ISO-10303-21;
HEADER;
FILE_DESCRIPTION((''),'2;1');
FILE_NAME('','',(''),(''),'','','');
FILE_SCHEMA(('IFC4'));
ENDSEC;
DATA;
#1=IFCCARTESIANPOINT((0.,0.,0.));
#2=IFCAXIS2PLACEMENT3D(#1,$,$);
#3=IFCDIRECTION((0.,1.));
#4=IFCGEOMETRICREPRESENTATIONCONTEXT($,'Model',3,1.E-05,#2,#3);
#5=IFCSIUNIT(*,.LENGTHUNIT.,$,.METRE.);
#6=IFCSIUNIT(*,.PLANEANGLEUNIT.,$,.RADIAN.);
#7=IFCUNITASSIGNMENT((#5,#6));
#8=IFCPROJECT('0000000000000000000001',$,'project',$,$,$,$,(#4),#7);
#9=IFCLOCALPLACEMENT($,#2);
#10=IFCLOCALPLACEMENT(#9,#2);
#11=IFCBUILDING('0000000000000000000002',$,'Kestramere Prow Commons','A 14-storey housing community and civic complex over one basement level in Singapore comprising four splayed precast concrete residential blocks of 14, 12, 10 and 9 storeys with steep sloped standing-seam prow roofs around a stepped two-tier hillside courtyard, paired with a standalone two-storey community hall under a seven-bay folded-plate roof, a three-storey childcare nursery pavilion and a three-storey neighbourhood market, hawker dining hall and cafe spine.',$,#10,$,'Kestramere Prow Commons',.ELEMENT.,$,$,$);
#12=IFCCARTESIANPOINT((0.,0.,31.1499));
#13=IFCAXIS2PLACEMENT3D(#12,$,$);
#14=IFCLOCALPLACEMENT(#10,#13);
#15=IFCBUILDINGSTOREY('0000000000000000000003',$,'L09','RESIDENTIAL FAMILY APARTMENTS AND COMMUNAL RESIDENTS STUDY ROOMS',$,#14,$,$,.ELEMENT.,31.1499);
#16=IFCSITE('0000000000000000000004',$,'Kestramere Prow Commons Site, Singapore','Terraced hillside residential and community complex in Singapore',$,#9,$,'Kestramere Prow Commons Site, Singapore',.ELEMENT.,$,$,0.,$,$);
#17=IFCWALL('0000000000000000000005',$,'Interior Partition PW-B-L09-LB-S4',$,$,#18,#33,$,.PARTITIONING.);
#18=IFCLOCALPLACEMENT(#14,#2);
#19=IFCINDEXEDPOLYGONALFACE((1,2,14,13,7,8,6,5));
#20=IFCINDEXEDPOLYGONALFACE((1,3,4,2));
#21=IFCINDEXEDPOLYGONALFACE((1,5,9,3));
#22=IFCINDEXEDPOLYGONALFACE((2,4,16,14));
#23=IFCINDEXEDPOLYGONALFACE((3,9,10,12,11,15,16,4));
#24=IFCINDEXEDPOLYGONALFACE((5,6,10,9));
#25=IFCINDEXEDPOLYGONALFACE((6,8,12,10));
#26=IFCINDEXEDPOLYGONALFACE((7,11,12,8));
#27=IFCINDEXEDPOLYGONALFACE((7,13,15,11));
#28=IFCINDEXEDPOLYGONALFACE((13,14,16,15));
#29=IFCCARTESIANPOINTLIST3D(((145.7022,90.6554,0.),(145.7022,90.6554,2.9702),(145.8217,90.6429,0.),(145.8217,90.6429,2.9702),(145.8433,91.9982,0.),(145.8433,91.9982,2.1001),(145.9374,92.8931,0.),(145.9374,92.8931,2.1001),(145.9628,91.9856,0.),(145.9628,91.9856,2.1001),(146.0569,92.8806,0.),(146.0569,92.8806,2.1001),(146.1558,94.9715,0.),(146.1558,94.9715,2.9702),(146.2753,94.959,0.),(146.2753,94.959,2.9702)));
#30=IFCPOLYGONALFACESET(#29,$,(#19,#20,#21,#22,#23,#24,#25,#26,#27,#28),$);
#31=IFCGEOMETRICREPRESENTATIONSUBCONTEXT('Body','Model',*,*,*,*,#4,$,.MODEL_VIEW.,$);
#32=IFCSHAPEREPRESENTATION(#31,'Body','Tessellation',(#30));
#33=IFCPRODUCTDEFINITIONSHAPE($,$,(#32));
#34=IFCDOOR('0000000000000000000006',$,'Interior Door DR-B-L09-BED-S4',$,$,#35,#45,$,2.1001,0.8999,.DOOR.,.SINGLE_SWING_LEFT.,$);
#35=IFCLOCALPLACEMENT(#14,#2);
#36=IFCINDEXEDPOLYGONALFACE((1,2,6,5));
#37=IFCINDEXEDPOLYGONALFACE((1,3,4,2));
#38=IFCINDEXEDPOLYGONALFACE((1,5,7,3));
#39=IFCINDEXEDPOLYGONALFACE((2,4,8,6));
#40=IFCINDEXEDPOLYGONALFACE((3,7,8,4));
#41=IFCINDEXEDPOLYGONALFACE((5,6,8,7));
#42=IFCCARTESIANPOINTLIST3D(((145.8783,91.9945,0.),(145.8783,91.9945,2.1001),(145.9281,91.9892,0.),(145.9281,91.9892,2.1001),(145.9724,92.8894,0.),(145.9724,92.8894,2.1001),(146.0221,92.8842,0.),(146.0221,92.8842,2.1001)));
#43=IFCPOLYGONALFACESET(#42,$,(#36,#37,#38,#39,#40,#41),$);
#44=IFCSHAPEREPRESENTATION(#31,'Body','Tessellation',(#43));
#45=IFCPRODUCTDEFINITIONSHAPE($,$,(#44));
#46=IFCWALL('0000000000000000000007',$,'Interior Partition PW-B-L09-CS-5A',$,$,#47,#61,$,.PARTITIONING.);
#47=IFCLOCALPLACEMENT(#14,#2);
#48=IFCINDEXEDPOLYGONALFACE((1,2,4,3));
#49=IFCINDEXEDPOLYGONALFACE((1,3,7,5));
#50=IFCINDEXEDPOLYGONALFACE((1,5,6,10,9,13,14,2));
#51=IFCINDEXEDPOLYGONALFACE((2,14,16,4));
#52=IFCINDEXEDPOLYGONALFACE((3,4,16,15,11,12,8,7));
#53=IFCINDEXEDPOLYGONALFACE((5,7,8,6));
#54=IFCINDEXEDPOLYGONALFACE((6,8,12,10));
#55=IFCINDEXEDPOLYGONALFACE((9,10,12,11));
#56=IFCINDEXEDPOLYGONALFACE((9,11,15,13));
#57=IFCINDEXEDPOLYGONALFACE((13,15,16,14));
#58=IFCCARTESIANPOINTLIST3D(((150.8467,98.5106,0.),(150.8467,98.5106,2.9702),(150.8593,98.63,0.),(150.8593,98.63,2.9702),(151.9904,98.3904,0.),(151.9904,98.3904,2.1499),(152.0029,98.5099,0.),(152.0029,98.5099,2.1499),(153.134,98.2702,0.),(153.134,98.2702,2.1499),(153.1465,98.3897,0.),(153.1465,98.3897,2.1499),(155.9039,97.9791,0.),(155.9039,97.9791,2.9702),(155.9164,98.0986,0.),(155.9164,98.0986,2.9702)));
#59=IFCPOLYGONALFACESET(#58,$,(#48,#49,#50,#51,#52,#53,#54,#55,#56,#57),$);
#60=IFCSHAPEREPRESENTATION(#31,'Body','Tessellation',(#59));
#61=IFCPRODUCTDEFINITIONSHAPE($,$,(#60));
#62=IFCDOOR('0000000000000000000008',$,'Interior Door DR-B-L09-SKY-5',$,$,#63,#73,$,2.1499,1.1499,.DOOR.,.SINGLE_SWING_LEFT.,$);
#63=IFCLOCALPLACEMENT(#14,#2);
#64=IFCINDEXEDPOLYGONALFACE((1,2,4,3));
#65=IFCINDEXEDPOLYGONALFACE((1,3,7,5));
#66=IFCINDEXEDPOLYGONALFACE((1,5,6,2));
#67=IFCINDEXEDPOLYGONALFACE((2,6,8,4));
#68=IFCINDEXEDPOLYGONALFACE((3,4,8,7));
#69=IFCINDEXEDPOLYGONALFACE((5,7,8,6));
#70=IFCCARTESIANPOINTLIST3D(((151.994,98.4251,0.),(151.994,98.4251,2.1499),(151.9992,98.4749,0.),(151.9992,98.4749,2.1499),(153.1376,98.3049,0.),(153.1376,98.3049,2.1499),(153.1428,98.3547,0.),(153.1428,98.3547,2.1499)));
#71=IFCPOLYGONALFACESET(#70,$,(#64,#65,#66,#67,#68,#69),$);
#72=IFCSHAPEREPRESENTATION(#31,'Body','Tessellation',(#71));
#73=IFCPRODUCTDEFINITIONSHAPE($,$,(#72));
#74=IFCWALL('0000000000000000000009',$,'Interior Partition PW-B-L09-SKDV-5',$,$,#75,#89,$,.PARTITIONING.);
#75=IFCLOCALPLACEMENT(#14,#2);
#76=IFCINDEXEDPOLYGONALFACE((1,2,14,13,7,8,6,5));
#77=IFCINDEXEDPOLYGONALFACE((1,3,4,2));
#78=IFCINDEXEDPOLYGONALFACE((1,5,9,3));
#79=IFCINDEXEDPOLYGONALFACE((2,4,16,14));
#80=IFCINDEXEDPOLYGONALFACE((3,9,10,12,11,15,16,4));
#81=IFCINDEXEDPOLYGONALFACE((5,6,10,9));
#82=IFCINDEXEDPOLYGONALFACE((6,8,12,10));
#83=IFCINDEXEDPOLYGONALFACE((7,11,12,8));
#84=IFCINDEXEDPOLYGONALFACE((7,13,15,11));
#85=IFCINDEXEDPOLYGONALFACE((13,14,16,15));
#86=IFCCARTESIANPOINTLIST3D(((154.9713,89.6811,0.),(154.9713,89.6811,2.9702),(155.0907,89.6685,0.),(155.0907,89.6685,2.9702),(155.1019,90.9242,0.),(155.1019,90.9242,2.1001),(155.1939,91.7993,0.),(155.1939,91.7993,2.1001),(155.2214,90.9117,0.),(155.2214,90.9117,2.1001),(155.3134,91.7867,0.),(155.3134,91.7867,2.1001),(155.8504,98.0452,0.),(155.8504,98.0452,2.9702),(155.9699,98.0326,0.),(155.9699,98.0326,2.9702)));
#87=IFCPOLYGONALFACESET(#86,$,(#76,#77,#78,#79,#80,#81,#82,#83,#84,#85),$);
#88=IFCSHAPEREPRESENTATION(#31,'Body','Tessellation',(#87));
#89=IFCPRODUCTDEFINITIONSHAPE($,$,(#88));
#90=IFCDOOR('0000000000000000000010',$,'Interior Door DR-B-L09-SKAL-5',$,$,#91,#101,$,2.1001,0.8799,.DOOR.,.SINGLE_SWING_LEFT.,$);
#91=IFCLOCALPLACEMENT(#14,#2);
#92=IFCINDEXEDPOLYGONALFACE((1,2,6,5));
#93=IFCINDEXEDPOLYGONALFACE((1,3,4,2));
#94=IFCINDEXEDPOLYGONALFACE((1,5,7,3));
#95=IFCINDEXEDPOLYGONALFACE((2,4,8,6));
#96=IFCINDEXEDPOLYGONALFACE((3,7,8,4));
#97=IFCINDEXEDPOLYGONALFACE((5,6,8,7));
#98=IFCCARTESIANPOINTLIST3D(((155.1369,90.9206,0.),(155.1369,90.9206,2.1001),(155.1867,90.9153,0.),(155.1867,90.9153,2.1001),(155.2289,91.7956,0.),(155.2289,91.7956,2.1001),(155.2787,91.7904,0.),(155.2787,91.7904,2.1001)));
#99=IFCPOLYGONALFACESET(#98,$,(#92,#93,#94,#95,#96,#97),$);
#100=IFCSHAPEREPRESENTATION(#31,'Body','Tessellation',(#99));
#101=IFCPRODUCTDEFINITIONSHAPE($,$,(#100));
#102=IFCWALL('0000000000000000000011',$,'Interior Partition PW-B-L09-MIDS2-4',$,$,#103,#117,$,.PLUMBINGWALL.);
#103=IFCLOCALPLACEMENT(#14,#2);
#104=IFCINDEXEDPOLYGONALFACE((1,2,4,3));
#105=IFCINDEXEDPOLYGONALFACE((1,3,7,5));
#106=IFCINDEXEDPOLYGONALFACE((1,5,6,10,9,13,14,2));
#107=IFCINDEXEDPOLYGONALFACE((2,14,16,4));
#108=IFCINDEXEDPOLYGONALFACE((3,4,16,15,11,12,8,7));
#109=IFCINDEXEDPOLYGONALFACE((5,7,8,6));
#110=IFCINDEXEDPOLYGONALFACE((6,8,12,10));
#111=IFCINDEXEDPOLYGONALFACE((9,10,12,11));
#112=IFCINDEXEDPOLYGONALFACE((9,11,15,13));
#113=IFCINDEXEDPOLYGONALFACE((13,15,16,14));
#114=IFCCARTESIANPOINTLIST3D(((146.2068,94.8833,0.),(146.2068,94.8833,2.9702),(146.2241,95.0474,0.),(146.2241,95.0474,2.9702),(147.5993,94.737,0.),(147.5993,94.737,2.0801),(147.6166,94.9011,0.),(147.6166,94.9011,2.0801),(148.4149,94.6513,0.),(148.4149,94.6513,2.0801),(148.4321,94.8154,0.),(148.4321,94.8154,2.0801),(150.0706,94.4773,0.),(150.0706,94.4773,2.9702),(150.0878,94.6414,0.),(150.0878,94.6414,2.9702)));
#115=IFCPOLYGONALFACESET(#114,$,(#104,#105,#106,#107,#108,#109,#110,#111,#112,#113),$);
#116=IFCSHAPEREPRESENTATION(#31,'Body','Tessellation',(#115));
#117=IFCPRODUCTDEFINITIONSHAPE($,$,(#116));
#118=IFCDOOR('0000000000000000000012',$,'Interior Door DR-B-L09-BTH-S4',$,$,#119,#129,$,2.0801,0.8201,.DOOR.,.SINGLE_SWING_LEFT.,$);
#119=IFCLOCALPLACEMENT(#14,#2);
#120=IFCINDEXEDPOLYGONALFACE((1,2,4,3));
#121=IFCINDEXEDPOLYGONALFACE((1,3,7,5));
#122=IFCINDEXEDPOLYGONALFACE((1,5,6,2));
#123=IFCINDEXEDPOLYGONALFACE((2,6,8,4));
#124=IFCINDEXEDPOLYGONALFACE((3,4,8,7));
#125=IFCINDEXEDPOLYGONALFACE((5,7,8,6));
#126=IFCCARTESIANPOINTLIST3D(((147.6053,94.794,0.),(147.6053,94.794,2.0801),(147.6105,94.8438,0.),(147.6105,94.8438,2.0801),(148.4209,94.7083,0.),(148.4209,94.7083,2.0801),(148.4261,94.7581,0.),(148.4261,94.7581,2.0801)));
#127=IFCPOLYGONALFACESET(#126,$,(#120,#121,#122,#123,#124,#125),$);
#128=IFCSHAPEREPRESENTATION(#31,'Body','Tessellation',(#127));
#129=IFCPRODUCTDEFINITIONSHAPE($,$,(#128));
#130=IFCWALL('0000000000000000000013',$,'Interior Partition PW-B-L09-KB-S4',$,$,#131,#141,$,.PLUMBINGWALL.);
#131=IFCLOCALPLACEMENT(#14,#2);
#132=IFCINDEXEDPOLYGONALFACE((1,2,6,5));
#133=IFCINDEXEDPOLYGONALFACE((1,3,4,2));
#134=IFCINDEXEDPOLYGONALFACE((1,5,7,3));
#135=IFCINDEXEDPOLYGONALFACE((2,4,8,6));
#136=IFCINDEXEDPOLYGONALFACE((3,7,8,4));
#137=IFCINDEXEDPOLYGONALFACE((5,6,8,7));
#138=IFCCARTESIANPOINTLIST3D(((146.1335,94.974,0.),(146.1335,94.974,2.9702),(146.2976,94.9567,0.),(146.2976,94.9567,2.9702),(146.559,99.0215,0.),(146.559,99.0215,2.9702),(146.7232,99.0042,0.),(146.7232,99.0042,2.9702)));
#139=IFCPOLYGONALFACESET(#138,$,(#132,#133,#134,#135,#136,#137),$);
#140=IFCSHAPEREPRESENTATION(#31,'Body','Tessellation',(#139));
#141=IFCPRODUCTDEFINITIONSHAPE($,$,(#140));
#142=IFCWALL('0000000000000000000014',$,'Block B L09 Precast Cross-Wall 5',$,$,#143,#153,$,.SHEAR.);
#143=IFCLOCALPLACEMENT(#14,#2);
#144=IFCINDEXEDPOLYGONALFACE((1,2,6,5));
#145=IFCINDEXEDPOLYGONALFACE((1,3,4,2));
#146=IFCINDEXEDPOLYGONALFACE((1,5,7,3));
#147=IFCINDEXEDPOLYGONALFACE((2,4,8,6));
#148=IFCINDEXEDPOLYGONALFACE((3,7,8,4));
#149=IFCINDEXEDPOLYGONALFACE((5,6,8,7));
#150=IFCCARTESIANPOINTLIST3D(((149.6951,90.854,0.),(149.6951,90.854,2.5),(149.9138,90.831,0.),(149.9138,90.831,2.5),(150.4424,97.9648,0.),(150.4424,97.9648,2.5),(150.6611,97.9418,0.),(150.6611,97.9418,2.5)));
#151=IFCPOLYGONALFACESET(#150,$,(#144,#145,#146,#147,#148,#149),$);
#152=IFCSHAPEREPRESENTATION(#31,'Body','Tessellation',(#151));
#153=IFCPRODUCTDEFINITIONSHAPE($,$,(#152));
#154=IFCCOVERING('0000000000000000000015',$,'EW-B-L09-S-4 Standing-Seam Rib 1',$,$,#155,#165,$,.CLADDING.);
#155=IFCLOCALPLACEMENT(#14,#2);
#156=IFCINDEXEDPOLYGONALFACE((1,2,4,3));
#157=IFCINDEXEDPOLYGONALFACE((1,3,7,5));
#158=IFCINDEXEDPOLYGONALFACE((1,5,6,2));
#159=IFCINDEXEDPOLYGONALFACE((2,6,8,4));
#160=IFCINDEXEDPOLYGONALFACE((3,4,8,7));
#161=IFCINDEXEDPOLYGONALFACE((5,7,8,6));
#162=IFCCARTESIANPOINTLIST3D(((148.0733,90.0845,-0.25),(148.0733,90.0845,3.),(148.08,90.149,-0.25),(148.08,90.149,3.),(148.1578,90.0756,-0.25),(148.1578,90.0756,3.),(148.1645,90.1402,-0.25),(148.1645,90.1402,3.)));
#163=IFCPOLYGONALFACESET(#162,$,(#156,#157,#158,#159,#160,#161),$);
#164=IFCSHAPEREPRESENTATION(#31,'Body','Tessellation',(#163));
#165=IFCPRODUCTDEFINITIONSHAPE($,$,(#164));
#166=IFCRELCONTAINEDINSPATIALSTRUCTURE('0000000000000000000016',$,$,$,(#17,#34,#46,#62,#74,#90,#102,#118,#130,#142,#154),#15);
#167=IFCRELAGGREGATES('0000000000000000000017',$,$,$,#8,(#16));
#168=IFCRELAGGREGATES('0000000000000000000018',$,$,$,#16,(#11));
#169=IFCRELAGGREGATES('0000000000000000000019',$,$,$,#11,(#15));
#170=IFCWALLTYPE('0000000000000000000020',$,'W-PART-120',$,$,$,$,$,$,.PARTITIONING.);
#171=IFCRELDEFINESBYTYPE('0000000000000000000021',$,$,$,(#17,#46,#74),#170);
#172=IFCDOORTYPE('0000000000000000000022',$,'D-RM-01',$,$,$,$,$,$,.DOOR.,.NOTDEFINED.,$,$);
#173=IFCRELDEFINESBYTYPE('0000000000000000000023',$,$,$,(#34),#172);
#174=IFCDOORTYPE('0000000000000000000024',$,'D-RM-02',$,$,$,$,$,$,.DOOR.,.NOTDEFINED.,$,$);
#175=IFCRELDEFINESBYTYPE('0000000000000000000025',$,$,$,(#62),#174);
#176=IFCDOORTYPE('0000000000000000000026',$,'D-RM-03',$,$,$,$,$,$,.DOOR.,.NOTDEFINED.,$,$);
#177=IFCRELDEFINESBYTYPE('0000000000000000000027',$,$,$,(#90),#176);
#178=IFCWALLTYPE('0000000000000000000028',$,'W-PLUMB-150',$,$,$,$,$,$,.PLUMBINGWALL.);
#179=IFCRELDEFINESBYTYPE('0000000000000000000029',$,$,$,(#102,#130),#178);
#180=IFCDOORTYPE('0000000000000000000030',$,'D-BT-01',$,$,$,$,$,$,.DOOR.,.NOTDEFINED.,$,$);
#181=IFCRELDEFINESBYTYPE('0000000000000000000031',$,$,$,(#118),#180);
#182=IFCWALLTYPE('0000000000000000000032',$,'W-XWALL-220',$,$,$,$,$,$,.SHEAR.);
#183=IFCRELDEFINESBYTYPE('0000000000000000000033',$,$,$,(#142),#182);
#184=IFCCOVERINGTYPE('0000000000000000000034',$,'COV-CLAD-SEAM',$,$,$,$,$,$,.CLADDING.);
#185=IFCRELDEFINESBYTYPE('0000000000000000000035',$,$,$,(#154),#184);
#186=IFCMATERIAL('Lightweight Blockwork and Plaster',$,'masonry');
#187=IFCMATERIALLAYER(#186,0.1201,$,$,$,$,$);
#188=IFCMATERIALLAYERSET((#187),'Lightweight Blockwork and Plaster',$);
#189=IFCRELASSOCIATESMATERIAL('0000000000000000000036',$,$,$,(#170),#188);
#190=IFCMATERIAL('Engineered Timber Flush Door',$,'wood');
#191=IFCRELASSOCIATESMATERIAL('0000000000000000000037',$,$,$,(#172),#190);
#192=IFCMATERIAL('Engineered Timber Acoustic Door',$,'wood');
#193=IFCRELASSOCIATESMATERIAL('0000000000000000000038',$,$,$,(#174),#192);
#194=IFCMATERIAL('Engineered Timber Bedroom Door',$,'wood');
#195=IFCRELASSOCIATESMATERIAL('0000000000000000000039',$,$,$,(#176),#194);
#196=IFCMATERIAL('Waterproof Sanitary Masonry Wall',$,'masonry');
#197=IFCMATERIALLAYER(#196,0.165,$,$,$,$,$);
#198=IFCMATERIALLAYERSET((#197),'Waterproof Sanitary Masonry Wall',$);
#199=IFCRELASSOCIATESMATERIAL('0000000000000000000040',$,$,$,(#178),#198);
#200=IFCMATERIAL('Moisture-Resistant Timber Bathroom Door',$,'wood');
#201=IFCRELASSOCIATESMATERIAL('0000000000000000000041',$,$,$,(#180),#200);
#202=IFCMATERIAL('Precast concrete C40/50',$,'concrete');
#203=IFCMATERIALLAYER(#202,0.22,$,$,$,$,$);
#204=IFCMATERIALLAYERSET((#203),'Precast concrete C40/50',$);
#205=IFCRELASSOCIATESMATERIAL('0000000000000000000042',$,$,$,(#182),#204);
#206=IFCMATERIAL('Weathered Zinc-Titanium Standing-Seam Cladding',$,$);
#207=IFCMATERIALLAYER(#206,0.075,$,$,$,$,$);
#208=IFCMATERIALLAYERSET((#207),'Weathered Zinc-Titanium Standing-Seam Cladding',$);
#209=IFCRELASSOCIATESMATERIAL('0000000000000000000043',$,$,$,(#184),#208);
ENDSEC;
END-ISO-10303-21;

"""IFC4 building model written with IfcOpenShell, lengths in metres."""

from ifc_helpers import new_model, si_unit, direction, frame, frame_2d, origin, origin_2d, place, context, subcontext, project, spatial, rectangle, extrude, material, layer, layer_set, type_object, element, fill, save


model = new_model("IFC4")

# Units and contexts
model_context = context("Model", 3, precision=1e-05, world=origin(), true_north=direction((0.0, 1.0)))
body_context = subcontext(model_context, "Body", "Model", "MODEL_VIEW")
ifc_project = project(units=[si_unit("LENGTHUNIT", "METRE"), si_unit("PLANEANGLEUNIT", "RADIAN")], contexts=[model_context])

# Site, building, storey
site_placement = place(None, origin())
site = spatial("IfcSite", under=ifc_project, at=site_placement, Name="Kestramere Prow Commons Site, Singapore", Description="Terraced hillside residential and community complex in Singapore", LongName="Kestramere Prow Commons Site, Singapore", CompositionType="ELEMENT", RefElevation=0.0)
building_placement = place(site_placement, origin())
building = spatial("IfcBuilding", under=site, at=building_placement, Name="Kestramere Prow Commons", Description="A 14-storey housing community and civic complex over one basement level in Singapore comprising four splayed precast concrete residential blocks of 14, 12, 10 and 9 storeys with steep sloped standing-seam prow roofs around a stepped two-tier hillside courtyard, paired with a standalone two-storey community hall under a seven-bay folded-plate roof, a three-storey childcare nursery pavilion and a three-storey neighbourhood market, hawker dining hall and cafe spine.", LongName="Kestramere Prow Commons", CompositionType="ELEMENT")
storey_placement = place(building_placement, frame((0.0, 0.0, 31.1499)))
storey = spatial("IfcBuildingStorey", under=building, at=storey_placement, Name="L09", Description="RESIDENTIAL FAMILY APARTMENTS AND COMMUNAL RESIDENTS STUDY ROOMS", CompositionType="ELEMENT", Elevation=31.1499)

# Shared definitions
ifc_material_1 = material(Name="Precast concrete C40/50", Category="concrete")

# Walls, openings, doors
ifc_material_2 = material(Name="Lightweight Blockwork and Plaster", Category="masonry")
ifc_layer_1 = layer(ifc_material_2, 0.1201)
ifc_layer_set_1 = layer_set([ifc_layer_1], Name="Lightweight Blockwork and Plaster")
wall_type_1 = type_object("IfcWallType", Name="W-PART-120", PredefinedType="PARTITIONING", material=ifc_layer_set_1)
wall_1_placement = place(storey_placement, frame((145.762, 90.6492, 0.0), z_axis=(0.0, 0.0, 1.0), x_axis=(0.104521, 0.994523, 0.0)))
wall_1 = element("IfcWall", 1, at=wall_1_placement, inside=storey, type_object=wall_type_1, Name="Interior Partition PW-B-L09-LB-S4", PredefinedType="PARTITIONING", context=body_context, shape_type="SweptSolid", body=[
    extrude(rectangle(XDim=4.3398, YDim=0.1201, at=frame_2d((2.1699, 0.0))), origin(), (0.0, 0.0, 1.0), 2.9702),
])
opening_1_placement = place(wall_1_placement, frame((1.3501, 0.0, 0.0)))
opening_1 = element("IfcOpeningElement", 2, at=opening_1_placement, cuts=wall_1, PredefinedType="OPENING", context=body_context, shape_type="SweptSolid", body=[
    extrude(rectangle(XDim=0.8999, YDim=2.1001, at=frame_2d((0.45, 1.05))), frame((0.0, 0.075, 0.0), z_axis=(0.0, -1.0, 0.0), x_axis=(1.0, 0.0, 0.0)), (0.0, 0.0, 1.0), 0.1501),
])
ifc_material_3 = material(Name="Engineered Timber Flush Door", Category="wood")
door_type_1 = type_object("IfcDoorType", Name="D-RM-01", OperationType="NOTDEFINED", PredefinedType="DOOR", material=ifc_material_3)
door_1_placement = place(opening_1_placement, origin())
door_1 = element("IfcDoor", 3, at=door_1_placement, inside=storey, type_object=door_type_1, Name="Interior Door DR-B-L09-BED-S4", OperationType="SINGLE_SWING_LEFT", OverallHeight=2.1001, OverallWidth=0.8999, PredefinedType="DOOR", context=body_context, shape_type="SweptSolid", body=[
    extrude(rectangle(XDim=0.8999, YDim=2.1001, at=frame_2d((0.45, 1.05))), frame((0.0, 0.0249, 0.0), z_axis=(0.0, -1.0, 0.0), x_axis=(1.0, 0.0, 0.0)), (0.0, 0.0, 1.0), 0.05),
])
fill(opening_1, door_1)
wall_2_placement = place(storey_placement, frame((150.853, 98.5703, 0.0), z_axis=(0.0, 0.0, 1.0), x_axis=(0.994523, -0.104522, 0.0)))
wall_2 = element("IfcWall", 4, at=wall_2_placement, inside=storey, type_object=wall_type_1, Name="Interior Partition PW-B-L09-CS-5A", PredefinedType="PARTITIONING", context=body_context, shape_type="SweptSolid", body=[
    extrude(rectangle(XDim=5.085, YDim=0.1201, at=frame_2d((2.5425, 0.0))), origin(), (0.0, 0.0, 1.0), 2.9702),
])
opening_2_placement = place(wall_2_placement, frame((1.1499, 0.0, 0.0)))
opening_2 = element("IfcOpeningElement", 5, at=opening_2_placement, cuts=wall_2, PredefinedType="OPENING", context=body_context, shape_type="SweptSolid", body=[
    extrude(rectangle(XDim=1.1499, YDim=2.1499, at=frame_2d((0.575, 1.075))), frame((0.0, 0.075, 0.0), z_axis=(0.0, -1.0, 0.0), x_axis=(1.0, 0.0, 0.0)), (0.0, 0.0, 1.0), 0.1501),
])
ifc_material_4 = material(Name="Engineered Timber Acoustic Door", Category="wood")
door_type_2 = type_object("IfcDoorType", Name="D-RM-02", OperationType="NOTDEFINED", PredefinedType="DOOR", material=ifc_material_4)
door_2_placement = place(opening_2_placement, origin())
door_2 = element("IfcDoor", 6, at=door_2_placement, inside=storey, type_object=door_type_2, Name="Interior Door DR-B-L09-SKY-5", OperationType="SINGLE_SWING_LEFT", OverallHeight=2.1499, OverallWidth=1.1499, PredefinedType="DOOR", context=body_context, shape_type="SweptSolid", body=[
    extrude(rectangle(XDim=1.1499, YDim=2.1499, at=frame_2d((0.575, 1.075))), frame((0.0, 0.0249, 0.0), z_axis=(0.0, -1.0, 0.0), x_axis=(1.0, 0.0, 0.0)), (0.0, 0.0, 1.0), 0.05),
])
fill(opening_2, door_2)
wall_3_placement = place(storey_placement, frame((155.031, 89.6748, 0.0), z_axis=(0.0, 0.0, 1.0), x_axis=(0.104535, 0.994521, 0.0)))
wall_3 = element("IfcWall", 7, at=wall_3_placement, inside=storey, type_object=wall_type_1, Name="Interior Partition PW-B-L09-SKDV-5", PredefinedType="PARTITIONING", context=body_context, shape_type="SweptSolid", body=[
    extrude(rectangle(XDim=8.4102, YDim=0.1201, at=frame_2d((4.2051, 0.0))), origin(), (0.0, 0.0, 1.0), 2.9702),
])
opening_3_placement = place(wall_3_placement, frame((1.25, 0.0, 0.0)))
opening_3 = element("IfcOpeningElement", 8, at=opening_3_placement, cuts=wall_3, PredefinedType="OPENING", context=body_context, shape_type="SweptSolid", body=[
    extrude(rectangle(XDim=0.8799, YDim=2.1001, at=frame_2d((0.4399, 1.05))), frame((0.0, 0.075, 0.0), z_axis=(0.0, -1.0, 0.0), x_axis=(1.0, 0.0, 0.0)), (0.0, 0.0, 1.0), 0.1501),
])
ifc_material_5 = material(Name="Engineered Timber Bedroom Door", Category="wood")
door_type_3 = type_object("IfcDoorType", Name="D-RM-03", OperationType="NOTDEFINED", PredefinedType="DOOR", material=ifc_material_5)
door_3_placement = place(opening_3_placement, origin())
door_3 = element("IfcDoor", 9, at=door_3_placement, inside=storey, type_object=door_type_3, Name="Interior Door DR-B-L09-SKAL-5", OperationType="SINGLE_SWING_LEFT", OverallHeight=2.1001, OverallWidth=0.8799, PredefinedType="DOOR", context=body_context, shape_type="SweptSolid", body=[
    extrude(rectangle(XDim=0.8799, YDim=2.1001, at=frame_2d((0.4399, 1.05))), frame((0.0, 0.0249, 0.0), z_axis=(0.0, -1.0, 0.0), x_axis=(1.0, 0.0, 0.0)), (0.0, 0.0, 1.0), 0.05),
])
fill(opening_3, door_3)
ifc_material_6 = material(Name="Waterproof Sanitary Masonry Wall", Category="masonry")
ifc_layer_2 = layer(ifc_material_6, 0.165)
ifc_layer_set_2 = layer_set([ifc_layer_2], Name="Waterproof Sanitary Masonry Wall")
wall_type_2 = type_object("IfcWallType", Name="W-PLUMB-150", PredefinedType="PLUMBINGWALL", material=ifc_layer_set_2)
wall_4_placement = place(storey_placement, frame((146.2156, 94.9653, 0.0), z_axis=(0.0, 0.0, 1.0), x_axis=(0.994524, -0.104505, 0.0)))
wall_4 = element("IfcWall", 10, at=wall_4_placement, inside=storey, type_object=wall_type_2, Name="Interior Partition PW-B-L09-MIDS2-4", PredefinedType="PLUMBINGWALL", context=body_context, shape_type="SweptSolid", body=[
    extrude(rectangle(XDim=3.885, YDim=0.165, at=frame_2d((1.9424, 0.0))), origin(), (0.0, 0.0, 1.0), 2.9702),
])
opening_4_placement = place(wall_4_placement, frame((1.3999, 0.0, 0.0)))
opening_4 = element("IfcOpeningElement", 11, at=opening_4_placement, cuts=wall_4, PredefinedType="OPENING", context=body_context, shape_type="SweptSolid", body=[
    extrude(rectangle(XDim=0.8201, YDim=2.0801, at=frame_2d((0.4102, 1.04))), frame((0.0, 0.0974, 0.0), z_axis=(0.0, -1.0, 0.0), x_axis=(1.0, 0.0, 0.0)), (0.0, 0.0, 1.0), 0.1951),
])
ifc_material_7 = material(Name="Moisture-Resistant Timber Bathroom Door", Category="wood")
door_type_4 = type_object("IfcDoorType", Name="D-BT-01", OperationType="NOTDEFINED", PredefinedType="DOOR", material=ifc_material_7)
door_4_placement = place(opening_4_placement, origin())
door_4 = element("IfcDoor", 12, at=door_4_placement, inside=storey, type_object=door_type_4, Name="Interior Door DR-B-L09-BTH-S4", OperationType="SINGLE_SWING_LEFT", OverallHeight=2.0801, OverallWidth=0.8201, PredefinedType="DOOR", context=body_context, shape_type="SweptSolid", body=[
    extrude(rectangle(XDim=0.8201, YDim=2.0801, at=frame_2d((0.4102, 1.04))), frame((0.0, 0.0249, 0.0), z_axis=(0.0, -1.0, 0.0), x_axis=(1.0, 0.0, 0.0)), (0.0, 0.0, 1.0), 0.05),
])
fill(opening_4, door_4)

# Walls
wall_5_placement = place(storey_placement, frame((146.2156, 94.9653, 0.0), z_axis=(0.0, 0.0, 1.0), x_axis=(0.104557, 0.994519, 0.0)))
element("IfcWall", 13, at=wall_5_placement, inside=storey, type_object=wall_type_2, Name="Interior Partition PW-B-L09-KB-S4", PredefinedType="PLUMBINGWALL", context=body_context, shape_type="SweptSolid", body=[
    extrude(rectangle(XDim=4.0698, YDim=0.165, at=frame_2d((2.0349, 0.0))), origin(), (0.0, 0.0, 1.0), 2.9702),
])
ifc_layer_3 = layer(ifc_material_1, 0.22)
ifc_layer_set_3 = layer_set([ifc_layer_3], Name="Precast concrete C40/50")
wall_type_3 = type_object("IfcWallType", Name="W-XWALL-220", PredefinedType="SHEAR", material=ifc_layer_set_3)
wall_6_placement = place(storey_placement, frame((149.8044, 90.8425, 0.0), z_axis=(0.0, 0.0, 1.0), x_axis=(0.104519, 0.994523, 0.0)))
element("IfcWall", 14, at=wall_6_placement, inside=storey, type_object=wall_type_3, Name="Block B L09 Precast Cross-Wall 5", PredefinedType="SHEAR", context=body_context, shape_type="SweptSolid", body=[
    extrude(rectangle(XDim=7.1499, YDim=0.22, at=frame_2d((3.575, 0.0))), origin(), (0.0, 0.0, 1.0), 2.5),
])

# Covering
ifc_material_8 = material(Name="Weathered Zinc-Titanium Standing-Seam Cladding")
ifc_layer_4 = layer(ifc_material_8, 0.075)
ifc_layer_set_4 = layer_set([ifc_layer_4], Name="Weathered Zinc-Titanium Standing-Seam Cladding")
covering_type = type_object("IfcCoveringType", Name="COV-CLAD-SEAM", PredefinedType="CLADDING", material=ifc_layer_set_4)
for number, where, z_axis, x_axis, name in (
    (15, (148.1189, 90.1123, -0.25), (0.0, 0.0, 1.0), (-0.994522, 0.104528, 0.0), "EW-B-L09-S-4 Standing-Seam Rib 1"),
):
    element("IfcCovering", number, at=place(storey_placement, frame(where, z_axis=z_axis, x_axis=x_axis)), inside=storey, type_object=covering_type, Name=name, PredefinedType="CLADDING", context=body_context, shape_type="SweptSolid", body=[
        extrude(rectangle(XDim=0.085, YDim=0.0649, at=origin_2d()), origin(), (0.0, 0.0, 1.0), 3.25),
    ])

save(model, "model.ifc")
